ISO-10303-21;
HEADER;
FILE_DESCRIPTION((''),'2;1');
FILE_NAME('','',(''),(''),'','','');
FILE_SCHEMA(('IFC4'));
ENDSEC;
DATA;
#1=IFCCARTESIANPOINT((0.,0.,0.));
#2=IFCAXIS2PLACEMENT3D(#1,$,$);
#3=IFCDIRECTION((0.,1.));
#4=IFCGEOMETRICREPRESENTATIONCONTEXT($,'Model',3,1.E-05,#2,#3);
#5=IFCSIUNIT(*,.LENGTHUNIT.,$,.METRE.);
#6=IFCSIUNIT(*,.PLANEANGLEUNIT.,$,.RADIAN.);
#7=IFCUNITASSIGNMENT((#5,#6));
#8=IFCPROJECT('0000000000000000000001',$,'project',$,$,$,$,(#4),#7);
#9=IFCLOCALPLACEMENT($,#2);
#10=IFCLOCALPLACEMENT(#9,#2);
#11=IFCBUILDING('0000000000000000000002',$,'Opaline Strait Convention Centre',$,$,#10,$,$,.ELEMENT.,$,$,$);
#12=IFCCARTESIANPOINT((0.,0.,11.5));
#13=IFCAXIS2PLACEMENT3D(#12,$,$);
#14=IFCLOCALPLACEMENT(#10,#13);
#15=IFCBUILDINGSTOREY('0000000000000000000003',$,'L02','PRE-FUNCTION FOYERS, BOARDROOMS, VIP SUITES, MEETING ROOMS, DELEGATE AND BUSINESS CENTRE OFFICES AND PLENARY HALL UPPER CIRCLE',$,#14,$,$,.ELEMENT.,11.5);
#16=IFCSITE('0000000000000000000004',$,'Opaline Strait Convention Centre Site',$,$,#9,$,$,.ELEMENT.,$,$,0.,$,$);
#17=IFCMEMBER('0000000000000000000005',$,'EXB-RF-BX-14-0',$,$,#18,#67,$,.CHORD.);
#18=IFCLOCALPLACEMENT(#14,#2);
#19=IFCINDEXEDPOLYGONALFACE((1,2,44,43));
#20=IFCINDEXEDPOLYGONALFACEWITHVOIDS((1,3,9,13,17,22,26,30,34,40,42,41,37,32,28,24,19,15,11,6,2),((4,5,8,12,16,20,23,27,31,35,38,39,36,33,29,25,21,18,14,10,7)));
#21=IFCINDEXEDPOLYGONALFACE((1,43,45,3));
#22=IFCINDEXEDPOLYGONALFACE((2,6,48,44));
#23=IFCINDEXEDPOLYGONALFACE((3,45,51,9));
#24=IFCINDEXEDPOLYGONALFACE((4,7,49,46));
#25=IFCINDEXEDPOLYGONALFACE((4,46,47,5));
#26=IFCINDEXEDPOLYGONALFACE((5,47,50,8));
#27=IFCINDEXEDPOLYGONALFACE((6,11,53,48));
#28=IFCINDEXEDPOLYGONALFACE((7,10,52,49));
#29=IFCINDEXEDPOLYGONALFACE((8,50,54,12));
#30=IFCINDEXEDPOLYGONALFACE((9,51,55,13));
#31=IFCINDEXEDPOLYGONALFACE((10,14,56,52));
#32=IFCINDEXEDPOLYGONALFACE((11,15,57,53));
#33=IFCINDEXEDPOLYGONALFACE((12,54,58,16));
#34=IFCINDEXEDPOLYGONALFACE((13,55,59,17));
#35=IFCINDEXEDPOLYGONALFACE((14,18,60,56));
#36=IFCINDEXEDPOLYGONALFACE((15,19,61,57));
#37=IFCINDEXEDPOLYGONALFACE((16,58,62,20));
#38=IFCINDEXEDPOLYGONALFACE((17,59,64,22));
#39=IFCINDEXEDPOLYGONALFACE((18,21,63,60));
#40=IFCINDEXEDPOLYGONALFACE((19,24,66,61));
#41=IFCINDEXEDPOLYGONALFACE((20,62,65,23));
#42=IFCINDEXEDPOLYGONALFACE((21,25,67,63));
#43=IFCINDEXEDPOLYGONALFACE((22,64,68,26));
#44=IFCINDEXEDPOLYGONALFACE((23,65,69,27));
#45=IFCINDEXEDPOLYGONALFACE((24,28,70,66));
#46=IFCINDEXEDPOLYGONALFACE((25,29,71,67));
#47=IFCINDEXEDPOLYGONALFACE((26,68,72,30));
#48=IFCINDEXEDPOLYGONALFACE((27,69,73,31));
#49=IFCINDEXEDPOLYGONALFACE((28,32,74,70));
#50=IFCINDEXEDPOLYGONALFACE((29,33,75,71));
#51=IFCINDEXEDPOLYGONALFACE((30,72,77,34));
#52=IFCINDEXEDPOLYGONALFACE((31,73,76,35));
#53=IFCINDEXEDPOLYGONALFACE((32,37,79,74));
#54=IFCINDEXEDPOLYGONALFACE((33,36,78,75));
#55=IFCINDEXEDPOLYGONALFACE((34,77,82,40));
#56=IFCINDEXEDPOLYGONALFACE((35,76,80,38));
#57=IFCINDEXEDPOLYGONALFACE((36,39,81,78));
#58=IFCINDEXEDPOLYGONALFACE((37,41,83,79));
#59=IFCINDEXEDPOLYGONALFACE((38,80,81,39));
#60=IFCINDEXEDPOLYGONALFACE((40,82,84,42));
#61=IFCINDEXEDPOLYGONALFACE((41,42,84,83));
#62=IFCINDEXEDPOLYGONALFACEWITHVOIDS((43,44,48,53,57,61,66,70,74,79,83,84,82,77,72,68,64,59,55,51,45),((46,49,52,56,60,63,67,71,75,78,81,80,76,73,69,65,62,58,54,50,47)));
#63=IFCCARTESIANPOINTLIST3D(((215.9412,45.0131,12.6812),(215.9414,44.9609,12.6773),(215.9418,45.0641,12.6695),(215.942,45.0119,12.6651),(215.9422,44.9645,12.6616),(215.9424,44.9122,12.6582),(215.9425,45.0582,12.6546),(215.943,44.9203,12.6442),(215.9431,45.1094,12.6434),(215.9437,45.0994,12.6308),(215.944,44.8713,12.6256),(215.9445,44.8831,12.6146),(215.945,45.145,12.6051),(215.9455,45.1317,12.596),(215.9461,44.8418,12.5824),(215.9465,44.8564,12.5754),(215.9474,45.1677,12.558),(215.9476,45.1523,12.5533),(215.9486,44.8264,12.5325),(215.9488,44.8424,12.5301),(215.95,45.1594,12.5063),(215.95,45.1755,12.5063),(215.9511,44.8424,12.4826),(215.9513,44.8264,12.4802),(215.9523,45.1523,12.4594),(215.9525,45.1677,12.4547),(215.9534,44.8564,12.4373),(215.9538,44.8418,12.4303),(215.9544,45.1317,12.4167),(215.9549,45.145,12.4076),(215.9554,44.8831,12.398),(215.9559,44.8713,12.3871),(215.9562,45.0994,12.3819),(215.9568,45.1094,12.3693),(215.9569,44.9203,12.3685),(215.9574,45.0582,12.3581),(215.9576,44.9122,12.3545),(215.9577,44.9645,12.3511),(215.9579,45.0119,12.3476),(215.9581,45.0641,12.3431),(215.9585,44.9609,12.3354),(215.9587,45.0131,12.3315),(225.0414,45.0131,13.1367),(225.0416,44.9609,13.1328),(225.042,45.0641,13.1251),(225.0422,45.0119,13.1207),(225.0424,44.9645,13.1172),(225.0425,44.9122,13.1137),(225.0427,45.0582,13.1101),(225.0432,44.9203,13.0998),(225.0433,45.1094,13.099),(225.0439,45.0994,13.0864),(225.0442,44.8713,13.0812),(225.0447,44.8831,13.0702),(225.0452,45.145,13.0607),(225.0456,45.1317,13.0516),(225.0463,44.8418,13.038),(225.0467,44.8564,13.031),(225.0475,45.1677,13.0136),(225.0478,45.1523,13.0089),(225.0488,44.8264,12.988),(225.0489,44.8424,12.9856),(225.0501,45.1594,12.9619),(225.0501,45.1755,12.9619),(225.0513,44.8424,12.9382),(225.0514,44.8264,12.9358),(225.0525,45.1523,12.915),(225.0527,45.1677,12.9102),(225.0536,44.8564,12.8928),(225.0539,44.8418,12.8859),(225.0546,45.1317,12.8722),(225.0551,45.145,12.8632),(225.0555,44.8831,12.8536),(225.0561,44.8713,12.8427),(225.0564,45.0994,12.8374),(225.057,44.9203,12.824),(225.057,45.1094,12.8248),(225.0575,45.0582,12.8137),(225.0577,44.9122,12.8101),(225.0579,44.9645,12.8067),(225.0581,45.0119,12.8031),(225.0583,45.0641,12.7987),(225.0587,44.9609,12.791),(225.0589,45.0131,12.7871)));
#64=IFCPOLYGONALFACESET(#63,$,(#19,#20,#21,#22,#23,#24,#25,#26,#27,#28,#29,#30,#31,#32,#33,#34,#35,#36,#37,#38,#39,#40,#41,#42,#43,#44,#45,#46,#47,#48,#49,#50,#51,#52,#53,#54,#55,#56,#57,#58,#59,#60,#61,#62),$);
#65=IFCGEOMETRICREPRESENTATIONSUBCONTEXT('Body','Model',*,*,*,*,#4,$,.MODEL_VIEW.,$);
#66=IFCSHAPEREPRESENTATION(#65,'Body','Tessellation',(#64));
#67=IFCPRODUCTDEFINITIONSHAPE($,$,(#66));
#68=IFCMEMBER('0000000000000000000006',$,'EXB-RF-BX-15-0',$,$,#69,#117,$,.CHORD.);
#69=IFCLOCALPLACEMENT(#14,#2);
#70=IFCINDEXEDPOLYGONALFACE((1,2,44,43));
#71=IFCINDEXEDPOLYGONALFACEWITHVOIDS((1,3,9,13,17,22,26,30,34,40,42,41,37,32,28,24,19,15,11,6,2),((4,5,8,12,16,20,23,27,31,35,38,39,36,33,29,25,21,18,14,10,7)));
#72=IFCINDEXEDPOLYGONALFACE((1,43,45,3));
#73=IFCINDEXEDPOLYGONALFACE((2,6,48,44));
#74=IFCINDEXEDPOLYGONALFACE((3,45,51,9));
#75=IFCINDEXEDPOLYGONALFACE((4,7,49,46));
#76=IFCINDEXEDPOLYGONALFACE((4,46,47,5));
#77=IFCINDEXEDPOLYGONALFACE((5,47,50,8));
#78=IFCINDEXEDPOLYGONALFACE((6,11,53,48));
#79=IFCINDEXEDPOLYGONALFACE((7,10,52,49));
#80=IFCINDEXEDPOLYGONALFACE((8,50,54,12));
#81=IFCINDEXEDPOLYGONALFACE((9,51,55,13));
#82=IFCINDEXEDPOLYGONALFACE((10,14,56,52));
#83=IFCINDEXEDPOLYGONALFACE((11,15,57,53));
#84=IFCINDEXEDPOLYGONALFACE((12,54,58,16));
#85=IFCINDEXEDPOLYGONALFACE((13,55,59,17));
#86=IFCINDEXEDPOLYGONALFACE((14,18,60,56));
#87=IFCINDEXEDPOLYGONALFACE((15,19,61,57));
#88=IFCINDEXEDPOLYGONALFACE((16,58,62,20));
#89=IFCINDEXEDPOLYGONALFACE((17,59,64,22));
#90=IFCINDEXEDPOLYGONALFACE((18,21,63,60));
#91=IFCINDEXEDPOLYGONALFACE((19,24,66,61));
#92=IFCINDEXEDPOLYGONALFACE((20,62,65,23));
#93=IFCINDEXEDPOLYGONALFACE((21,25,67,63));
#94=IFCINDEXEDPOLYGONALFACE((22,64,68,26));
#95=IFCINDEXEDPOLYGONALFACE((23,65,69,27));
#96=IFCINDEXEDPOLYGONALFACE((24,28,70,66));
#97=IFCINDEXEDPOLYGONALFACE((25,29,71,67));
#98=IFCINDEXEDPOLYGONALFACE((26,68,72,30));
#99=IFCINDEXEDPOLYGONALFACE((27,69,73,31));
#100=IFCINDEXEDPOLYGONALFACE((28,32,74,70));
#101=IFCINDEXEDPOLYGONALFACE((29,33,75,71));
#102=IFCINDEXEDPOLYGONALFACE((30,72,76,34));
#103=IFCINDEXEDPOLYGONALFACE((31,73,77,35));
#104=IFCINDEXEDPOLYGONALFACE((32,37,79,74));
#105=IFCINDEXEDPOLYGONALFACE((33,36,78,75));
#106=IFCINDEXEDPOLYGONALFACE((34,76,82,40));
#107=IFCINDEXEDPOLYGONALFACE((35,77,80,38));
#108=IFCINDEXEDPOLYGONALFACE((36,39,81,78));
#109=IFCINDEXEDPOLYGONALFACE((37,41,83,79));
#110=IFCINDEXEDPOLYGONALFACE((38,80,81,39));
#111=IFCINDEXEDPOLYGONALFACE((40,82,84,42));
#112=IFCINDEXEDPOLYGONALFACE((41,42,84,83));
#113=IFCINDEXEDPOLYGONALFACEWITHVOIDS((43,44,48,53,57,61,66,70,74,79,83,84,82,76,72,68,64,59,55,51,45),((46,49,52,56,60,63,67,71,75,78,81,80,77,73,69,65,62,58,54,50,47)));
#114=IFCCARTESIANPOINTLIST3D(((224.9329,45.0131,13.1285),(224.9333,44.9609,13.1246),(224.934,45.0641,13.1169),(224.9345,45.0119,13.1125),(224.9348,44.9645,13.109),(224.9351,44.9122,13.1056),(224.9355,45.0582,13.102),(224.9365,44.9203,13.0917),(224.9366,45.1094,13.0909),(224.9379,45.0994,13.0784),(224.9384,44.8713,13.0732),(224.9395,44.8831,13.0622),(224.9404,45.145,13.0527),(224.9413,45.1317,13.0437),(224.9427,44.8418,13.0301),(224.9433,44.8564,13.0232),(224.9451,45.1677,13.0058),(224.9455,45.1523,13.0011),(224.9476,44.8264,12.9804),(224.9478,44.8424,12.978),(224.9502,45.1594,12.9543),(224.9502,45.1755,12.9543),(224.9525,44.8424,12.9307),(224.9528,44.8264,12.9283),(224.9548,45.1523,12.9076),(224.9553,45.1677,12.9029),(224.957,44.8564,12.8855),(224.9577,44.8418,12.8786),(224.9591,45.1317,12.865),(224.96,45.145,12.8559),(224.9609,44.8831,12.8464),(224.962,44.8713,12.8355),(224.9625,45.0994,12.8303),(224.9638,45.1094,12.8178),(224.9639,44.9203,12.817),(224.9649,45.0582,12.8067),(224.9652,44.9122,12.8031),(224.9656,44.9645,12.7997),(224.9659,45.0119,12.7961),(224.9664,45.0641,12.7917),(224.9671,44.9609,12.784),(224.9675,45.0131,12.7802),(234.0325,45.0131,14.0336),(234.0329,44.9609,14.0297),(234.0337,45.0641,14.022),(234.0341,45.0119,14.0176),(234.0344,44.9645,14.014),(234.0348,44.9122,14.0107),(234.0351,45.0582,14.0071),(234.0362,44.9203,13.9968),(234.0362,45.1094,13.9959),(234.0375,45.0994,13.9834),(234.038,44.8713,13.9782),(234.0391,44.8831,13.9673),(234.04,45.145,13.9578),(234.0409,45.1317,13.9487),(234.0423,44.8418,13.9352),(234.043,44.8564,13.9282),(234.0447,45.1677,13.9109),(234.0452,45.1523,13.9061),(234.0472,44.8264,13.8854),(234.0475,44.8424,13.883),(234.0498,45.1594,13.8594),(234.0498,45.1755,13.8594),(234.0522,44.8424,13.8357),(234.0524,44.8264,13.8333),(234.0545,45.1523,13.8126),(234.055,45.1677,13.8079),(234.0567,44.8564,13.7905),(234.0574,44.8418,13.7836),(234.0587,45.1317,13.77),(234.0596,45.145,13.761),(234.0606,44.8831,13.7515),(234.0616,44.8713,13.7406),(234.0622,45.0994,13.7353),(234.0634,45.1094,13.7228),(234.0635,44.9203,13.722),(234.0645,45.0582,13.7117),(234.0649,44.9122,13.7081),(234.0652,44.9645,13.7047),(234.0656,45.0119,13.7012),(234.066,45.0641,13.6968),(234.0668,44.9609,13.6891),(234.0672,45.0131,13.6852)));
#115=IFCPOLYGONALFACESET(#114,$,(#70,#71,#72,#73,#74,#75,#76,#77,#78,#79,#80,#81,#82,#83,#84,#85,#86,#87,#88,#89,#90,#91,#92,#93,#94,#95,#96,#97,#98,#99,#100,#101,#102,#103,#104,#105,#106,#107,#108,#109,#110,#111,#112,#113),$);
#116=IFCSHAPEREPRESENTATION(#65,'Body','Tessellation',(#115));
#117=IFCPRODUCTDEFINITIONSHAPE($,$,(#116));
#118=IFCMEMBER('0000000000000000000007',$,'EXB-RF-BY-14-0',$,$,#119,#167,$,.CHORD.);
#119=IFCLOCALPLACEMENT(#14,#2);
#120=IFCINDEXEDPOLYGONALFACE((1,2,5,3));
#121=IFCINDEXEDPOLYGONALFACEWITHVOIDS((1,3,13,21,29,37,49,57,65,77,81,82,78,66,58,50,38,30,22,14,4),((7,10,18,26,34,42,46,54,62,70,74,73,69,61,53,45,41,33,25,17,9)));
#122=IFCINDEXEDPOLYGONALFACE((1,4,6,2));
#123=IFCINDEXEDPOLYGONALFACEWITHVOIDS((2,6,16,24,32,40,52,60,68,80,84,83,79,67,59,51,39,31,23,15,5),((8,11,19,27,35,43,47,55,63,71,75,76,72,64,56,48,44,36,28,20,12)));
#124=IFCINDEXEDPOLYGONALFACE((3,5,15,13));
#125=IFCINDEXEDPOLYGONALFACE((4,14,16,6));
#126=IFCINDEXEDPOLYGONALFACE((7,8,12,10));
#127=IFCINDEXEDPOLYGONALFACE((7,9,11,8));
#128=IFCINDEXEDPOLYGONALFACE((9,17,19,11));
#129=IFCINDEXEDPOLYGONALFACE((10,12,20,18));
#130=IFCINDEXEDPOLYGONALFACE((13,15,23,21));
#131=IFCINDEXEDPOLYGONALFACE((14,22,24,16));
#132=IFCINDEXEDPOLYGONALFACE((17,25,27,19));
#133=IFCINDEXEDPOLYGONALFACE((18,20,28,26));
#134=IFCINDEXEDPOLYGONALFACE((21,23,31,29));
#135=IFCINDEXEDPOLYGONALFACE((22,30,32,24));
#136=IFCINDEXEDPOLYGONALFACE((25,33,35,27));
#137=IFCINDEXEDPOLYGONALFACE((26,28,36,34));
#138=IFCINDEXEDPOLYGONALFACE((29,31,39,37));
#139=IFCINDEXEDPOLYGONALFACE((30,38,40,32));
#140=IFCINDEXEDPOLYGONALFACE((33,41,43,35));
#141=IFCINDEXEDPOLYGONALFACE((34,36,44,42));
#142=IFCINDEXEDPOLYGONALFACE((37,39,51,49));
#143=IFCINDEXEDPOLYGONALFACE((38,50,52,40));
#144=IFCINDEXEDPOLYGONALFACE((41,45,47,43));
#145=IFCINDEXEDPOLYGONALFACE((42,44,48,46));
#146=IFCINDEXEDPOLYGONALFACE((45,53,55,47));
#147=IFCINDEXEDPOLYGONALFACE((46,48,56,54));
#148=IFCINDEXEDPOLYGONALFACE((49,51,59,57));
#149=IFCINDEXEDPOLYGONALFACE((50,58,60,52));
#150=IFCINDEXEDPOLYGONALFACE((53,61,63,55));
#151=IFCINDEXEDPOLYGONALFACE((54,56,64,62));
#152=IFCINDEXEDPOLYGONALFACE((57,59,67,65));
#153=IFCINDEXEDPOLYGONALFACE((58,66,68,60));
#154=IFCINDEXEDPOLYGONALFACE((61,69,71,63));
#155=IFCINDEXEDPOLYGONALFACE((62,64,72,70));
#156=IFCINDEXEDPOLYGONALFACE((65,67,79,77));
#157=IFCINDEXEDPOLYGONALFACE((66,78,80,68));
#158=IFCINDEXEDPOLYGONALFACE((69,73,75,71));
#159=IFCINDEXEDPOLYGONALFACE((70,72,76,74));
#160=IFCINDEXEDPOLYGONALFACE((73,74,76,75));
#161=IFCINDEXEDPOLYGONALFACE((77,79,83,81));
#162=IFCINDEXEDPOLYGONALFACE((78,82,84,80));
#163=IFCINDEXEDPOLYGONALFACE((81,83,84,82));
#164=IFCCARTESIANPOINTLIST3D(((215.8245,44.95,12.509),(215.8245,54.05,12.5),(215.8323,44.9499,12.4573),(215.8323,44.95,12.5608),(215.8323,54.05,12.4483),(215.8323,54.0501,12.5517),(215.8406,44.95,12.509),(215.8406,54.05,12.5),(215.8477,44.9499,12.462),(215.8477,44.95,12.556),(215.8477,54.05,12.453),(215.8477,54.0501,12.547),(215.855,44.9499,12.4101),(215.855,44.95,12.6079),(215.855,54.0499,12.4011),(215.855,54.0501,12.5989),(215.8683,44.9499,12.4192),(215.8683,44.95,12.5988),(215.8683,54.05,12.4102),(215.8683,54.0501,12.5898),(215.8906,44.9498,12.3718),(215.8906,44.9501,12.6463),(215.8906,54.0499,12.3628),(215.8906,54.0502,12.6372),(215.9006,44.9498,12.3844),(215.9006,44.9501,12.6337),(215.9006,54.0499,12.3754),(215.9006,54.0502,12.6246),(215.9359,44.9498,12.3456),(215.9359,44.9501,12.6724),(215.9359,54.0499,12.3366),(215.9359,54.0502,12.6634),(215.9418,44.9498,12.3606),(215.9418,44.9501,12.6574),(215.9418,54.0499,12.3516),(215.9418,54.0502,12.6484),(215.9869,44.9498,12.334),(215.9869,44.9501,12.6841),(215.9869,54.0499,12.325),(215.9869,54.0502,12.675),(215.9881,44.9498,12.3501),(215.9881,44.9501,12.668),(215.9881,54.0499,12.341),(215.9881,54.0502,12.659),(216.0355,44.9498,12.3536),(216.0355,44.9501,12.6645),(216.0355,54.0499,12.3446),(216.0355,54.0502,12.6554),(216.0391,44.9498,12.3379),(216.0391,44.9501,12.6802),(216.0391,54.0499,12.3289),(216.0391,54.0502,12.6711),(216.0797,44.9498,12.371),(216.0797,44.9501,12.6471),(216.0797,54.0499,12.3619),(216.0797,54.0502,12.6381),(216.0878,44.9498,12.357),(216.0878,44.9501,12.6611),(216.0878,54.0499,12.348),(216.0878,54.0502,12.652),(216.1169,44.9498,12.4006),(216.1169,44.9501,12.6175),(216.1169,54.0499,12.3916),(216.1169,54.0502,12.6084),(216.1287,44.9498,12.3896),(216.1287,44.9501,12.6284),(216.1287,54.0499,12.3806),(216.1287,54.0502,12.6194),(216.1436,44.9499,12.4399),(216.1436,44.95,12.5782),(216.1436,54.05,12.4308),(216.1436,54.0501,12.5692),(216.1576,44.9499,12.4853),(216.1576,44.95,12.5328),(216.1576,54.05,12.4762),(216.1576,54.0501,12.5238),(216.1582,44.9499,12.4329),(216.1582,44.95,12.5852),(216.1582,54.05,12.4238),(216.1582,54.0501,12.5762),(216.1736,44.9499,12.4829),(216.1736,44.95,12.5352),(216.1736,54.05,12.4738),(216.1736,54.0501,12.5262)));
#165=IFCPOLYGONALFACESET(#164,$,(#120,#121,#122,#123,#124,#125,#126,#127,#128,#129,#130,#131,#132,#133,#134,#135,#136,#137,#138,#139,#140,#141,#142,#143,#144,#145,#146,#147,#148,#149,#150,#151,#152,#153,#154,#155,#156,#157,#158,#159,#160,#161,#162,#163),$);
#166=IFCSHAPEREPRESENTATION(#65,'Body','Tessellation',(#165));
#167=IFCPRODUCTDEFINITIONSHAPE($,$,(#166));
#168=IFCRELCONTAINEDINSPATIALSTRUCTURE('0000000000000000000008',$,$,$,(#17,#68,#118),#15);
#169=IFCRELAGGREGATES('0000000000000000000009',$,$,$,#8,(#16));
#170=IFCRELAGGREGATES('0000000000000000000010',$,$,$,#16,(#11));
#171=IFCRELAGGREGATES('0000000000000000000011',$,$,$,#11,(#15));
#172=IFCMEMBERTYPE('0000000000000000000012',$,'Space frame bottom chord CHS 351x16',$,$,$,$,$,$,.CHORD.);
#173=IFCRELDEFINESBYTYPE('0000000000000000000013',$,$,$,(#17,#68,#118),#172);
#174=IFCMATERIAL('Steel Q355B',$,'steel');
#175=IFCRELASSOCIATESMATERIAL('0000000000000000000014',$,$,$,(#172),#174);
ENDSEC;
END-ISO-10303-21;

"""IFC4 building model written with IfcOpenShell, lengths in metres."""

from ifc_helpers import new_model, si_unit, direction, frame, origin, origin_2d, place, context, subcontext, project, spatial, hollow_circle, extrude, material, material_profile, profile_set, type_object, element, save


model = new_model("IFC4")

# Units and contexts
model_context = context("Model", 3, precision=1e-05, world=origin(), true_north=direction((0.0, 1.0)))
body_context = subcontext(model_context, "Body", "Model", "MODEL_VIEW")
ifc_project = project(units=[si_unit("LENGTHUNIT", "METRE"), si_unit("PLANEANGLEUNIT", "RADIAN")], contexts=[model_context])

# Site, building, storey
site_placement = place(None, origin())
site = spatial("IfcSite", under=ifc_project, at=site_placement, Name="Opaline Strait Convention Centre Site", CompositionType="ELEMENT", RefElevation=0.0)
building_placement = place(site_placement, origin())
building = spatial("IfcBuilding", under=site, at=building_placement, Name="Opaline Strait Convention Centre", CompositionType="ELEMENT")
storey_placement = place(building_placement, frame((0.0, 0.0, 11.5)))
storey = spatial("IfcBuildingStorey", under=building, at=storey_placement, Name="L02", Description="PRE-FUNCTION FOYERS, BOARDROOMS, VIP SUITES, MEETING ROOMS, DELEGATE AND BUSINESS CENTRE OFFICES AND PLENARY HALL UPPER CIRCLE", CompositionType="ELEMENT", Elevation=11.5)

# Members
ifc_material_1 = material(Name="Steel Q355B", Category="steel")
ifc_material_profile_1 = material_profile(ifc_material_1, hollow_circle(Radius=0.1755, WallThickness=0.0161, at=origin_2d()), Name="CHS 351x16")
ifc_profile_set_1 = profile_set([ifc_material_profile_1], Name="Steel Q355B")
member_type_1 = type_object("IfcMemberType", Name="Space frame bottom chord CHS 351x16", PredefinedType="CHORD", material=ifc_profile_set_1)
member_1_placement = place(storey_placement, frame((215.95, 45.0, 12.5063), z_axis=(0.998749, 0.0, 0.049999), x_axis=(0.0, 1.0, 0.0)))
element("IfcMember", 1, at=member_1_placement, inside=storey, type_object=member_type_1, Name="EXB-RF-BX-14-0", PredefinedType="CHORD", context=body_context, shape_type="SweptSolid", body=[
    extrude(hollow_circle(Radius=0.1755, WallThickness=0.0161, at=origin_2d()), origin(), (0.0, 0.0, 1.0), 9.1116),
])
member_2_placement = place(storey_placement, frame((224.9502, 45.0, 12.9543), z_axis=(0.99509, 0.0, 0.09897), x_axis=(0.0, 1.0, 0.0)))
element("IfcMember", 2, at=member_2_placement, inside=storey, type_object=member_type_1, Name="EXB-RF-BX-15-0", PredefinedType="CHORD", context=body_context, shape_type="SweptSolid", body=[
    extrude(hollow_circle(Radius=0.1755, WallThickness=0.0161, at=origin_2d()), origin(), (0.0, 0.0, 1.0), 9.1445),
])
member_3_placement = place(storey_placement, frame((216.0, 44.95, 12.509), z_axis=(0.0, 1.0, -0.000993), x_axis=(-1.0, 0.0, 0.0)))
element("IfcMember", 3, at=member_3_placement, inside=storey, type_object=member_type_1, Name="EXB-RF-BY-14-0", PredefinedType="CHORD", context=body_context, shape_type="SweptSolid", body=[
    extrude(hollow_circle(Radius=0.1755, WallThickness=0.0161, at=origin_2d()), origin(), (0.0, 0.0, 1.0), 9.1001),
])

save(model, "model.ifc")
